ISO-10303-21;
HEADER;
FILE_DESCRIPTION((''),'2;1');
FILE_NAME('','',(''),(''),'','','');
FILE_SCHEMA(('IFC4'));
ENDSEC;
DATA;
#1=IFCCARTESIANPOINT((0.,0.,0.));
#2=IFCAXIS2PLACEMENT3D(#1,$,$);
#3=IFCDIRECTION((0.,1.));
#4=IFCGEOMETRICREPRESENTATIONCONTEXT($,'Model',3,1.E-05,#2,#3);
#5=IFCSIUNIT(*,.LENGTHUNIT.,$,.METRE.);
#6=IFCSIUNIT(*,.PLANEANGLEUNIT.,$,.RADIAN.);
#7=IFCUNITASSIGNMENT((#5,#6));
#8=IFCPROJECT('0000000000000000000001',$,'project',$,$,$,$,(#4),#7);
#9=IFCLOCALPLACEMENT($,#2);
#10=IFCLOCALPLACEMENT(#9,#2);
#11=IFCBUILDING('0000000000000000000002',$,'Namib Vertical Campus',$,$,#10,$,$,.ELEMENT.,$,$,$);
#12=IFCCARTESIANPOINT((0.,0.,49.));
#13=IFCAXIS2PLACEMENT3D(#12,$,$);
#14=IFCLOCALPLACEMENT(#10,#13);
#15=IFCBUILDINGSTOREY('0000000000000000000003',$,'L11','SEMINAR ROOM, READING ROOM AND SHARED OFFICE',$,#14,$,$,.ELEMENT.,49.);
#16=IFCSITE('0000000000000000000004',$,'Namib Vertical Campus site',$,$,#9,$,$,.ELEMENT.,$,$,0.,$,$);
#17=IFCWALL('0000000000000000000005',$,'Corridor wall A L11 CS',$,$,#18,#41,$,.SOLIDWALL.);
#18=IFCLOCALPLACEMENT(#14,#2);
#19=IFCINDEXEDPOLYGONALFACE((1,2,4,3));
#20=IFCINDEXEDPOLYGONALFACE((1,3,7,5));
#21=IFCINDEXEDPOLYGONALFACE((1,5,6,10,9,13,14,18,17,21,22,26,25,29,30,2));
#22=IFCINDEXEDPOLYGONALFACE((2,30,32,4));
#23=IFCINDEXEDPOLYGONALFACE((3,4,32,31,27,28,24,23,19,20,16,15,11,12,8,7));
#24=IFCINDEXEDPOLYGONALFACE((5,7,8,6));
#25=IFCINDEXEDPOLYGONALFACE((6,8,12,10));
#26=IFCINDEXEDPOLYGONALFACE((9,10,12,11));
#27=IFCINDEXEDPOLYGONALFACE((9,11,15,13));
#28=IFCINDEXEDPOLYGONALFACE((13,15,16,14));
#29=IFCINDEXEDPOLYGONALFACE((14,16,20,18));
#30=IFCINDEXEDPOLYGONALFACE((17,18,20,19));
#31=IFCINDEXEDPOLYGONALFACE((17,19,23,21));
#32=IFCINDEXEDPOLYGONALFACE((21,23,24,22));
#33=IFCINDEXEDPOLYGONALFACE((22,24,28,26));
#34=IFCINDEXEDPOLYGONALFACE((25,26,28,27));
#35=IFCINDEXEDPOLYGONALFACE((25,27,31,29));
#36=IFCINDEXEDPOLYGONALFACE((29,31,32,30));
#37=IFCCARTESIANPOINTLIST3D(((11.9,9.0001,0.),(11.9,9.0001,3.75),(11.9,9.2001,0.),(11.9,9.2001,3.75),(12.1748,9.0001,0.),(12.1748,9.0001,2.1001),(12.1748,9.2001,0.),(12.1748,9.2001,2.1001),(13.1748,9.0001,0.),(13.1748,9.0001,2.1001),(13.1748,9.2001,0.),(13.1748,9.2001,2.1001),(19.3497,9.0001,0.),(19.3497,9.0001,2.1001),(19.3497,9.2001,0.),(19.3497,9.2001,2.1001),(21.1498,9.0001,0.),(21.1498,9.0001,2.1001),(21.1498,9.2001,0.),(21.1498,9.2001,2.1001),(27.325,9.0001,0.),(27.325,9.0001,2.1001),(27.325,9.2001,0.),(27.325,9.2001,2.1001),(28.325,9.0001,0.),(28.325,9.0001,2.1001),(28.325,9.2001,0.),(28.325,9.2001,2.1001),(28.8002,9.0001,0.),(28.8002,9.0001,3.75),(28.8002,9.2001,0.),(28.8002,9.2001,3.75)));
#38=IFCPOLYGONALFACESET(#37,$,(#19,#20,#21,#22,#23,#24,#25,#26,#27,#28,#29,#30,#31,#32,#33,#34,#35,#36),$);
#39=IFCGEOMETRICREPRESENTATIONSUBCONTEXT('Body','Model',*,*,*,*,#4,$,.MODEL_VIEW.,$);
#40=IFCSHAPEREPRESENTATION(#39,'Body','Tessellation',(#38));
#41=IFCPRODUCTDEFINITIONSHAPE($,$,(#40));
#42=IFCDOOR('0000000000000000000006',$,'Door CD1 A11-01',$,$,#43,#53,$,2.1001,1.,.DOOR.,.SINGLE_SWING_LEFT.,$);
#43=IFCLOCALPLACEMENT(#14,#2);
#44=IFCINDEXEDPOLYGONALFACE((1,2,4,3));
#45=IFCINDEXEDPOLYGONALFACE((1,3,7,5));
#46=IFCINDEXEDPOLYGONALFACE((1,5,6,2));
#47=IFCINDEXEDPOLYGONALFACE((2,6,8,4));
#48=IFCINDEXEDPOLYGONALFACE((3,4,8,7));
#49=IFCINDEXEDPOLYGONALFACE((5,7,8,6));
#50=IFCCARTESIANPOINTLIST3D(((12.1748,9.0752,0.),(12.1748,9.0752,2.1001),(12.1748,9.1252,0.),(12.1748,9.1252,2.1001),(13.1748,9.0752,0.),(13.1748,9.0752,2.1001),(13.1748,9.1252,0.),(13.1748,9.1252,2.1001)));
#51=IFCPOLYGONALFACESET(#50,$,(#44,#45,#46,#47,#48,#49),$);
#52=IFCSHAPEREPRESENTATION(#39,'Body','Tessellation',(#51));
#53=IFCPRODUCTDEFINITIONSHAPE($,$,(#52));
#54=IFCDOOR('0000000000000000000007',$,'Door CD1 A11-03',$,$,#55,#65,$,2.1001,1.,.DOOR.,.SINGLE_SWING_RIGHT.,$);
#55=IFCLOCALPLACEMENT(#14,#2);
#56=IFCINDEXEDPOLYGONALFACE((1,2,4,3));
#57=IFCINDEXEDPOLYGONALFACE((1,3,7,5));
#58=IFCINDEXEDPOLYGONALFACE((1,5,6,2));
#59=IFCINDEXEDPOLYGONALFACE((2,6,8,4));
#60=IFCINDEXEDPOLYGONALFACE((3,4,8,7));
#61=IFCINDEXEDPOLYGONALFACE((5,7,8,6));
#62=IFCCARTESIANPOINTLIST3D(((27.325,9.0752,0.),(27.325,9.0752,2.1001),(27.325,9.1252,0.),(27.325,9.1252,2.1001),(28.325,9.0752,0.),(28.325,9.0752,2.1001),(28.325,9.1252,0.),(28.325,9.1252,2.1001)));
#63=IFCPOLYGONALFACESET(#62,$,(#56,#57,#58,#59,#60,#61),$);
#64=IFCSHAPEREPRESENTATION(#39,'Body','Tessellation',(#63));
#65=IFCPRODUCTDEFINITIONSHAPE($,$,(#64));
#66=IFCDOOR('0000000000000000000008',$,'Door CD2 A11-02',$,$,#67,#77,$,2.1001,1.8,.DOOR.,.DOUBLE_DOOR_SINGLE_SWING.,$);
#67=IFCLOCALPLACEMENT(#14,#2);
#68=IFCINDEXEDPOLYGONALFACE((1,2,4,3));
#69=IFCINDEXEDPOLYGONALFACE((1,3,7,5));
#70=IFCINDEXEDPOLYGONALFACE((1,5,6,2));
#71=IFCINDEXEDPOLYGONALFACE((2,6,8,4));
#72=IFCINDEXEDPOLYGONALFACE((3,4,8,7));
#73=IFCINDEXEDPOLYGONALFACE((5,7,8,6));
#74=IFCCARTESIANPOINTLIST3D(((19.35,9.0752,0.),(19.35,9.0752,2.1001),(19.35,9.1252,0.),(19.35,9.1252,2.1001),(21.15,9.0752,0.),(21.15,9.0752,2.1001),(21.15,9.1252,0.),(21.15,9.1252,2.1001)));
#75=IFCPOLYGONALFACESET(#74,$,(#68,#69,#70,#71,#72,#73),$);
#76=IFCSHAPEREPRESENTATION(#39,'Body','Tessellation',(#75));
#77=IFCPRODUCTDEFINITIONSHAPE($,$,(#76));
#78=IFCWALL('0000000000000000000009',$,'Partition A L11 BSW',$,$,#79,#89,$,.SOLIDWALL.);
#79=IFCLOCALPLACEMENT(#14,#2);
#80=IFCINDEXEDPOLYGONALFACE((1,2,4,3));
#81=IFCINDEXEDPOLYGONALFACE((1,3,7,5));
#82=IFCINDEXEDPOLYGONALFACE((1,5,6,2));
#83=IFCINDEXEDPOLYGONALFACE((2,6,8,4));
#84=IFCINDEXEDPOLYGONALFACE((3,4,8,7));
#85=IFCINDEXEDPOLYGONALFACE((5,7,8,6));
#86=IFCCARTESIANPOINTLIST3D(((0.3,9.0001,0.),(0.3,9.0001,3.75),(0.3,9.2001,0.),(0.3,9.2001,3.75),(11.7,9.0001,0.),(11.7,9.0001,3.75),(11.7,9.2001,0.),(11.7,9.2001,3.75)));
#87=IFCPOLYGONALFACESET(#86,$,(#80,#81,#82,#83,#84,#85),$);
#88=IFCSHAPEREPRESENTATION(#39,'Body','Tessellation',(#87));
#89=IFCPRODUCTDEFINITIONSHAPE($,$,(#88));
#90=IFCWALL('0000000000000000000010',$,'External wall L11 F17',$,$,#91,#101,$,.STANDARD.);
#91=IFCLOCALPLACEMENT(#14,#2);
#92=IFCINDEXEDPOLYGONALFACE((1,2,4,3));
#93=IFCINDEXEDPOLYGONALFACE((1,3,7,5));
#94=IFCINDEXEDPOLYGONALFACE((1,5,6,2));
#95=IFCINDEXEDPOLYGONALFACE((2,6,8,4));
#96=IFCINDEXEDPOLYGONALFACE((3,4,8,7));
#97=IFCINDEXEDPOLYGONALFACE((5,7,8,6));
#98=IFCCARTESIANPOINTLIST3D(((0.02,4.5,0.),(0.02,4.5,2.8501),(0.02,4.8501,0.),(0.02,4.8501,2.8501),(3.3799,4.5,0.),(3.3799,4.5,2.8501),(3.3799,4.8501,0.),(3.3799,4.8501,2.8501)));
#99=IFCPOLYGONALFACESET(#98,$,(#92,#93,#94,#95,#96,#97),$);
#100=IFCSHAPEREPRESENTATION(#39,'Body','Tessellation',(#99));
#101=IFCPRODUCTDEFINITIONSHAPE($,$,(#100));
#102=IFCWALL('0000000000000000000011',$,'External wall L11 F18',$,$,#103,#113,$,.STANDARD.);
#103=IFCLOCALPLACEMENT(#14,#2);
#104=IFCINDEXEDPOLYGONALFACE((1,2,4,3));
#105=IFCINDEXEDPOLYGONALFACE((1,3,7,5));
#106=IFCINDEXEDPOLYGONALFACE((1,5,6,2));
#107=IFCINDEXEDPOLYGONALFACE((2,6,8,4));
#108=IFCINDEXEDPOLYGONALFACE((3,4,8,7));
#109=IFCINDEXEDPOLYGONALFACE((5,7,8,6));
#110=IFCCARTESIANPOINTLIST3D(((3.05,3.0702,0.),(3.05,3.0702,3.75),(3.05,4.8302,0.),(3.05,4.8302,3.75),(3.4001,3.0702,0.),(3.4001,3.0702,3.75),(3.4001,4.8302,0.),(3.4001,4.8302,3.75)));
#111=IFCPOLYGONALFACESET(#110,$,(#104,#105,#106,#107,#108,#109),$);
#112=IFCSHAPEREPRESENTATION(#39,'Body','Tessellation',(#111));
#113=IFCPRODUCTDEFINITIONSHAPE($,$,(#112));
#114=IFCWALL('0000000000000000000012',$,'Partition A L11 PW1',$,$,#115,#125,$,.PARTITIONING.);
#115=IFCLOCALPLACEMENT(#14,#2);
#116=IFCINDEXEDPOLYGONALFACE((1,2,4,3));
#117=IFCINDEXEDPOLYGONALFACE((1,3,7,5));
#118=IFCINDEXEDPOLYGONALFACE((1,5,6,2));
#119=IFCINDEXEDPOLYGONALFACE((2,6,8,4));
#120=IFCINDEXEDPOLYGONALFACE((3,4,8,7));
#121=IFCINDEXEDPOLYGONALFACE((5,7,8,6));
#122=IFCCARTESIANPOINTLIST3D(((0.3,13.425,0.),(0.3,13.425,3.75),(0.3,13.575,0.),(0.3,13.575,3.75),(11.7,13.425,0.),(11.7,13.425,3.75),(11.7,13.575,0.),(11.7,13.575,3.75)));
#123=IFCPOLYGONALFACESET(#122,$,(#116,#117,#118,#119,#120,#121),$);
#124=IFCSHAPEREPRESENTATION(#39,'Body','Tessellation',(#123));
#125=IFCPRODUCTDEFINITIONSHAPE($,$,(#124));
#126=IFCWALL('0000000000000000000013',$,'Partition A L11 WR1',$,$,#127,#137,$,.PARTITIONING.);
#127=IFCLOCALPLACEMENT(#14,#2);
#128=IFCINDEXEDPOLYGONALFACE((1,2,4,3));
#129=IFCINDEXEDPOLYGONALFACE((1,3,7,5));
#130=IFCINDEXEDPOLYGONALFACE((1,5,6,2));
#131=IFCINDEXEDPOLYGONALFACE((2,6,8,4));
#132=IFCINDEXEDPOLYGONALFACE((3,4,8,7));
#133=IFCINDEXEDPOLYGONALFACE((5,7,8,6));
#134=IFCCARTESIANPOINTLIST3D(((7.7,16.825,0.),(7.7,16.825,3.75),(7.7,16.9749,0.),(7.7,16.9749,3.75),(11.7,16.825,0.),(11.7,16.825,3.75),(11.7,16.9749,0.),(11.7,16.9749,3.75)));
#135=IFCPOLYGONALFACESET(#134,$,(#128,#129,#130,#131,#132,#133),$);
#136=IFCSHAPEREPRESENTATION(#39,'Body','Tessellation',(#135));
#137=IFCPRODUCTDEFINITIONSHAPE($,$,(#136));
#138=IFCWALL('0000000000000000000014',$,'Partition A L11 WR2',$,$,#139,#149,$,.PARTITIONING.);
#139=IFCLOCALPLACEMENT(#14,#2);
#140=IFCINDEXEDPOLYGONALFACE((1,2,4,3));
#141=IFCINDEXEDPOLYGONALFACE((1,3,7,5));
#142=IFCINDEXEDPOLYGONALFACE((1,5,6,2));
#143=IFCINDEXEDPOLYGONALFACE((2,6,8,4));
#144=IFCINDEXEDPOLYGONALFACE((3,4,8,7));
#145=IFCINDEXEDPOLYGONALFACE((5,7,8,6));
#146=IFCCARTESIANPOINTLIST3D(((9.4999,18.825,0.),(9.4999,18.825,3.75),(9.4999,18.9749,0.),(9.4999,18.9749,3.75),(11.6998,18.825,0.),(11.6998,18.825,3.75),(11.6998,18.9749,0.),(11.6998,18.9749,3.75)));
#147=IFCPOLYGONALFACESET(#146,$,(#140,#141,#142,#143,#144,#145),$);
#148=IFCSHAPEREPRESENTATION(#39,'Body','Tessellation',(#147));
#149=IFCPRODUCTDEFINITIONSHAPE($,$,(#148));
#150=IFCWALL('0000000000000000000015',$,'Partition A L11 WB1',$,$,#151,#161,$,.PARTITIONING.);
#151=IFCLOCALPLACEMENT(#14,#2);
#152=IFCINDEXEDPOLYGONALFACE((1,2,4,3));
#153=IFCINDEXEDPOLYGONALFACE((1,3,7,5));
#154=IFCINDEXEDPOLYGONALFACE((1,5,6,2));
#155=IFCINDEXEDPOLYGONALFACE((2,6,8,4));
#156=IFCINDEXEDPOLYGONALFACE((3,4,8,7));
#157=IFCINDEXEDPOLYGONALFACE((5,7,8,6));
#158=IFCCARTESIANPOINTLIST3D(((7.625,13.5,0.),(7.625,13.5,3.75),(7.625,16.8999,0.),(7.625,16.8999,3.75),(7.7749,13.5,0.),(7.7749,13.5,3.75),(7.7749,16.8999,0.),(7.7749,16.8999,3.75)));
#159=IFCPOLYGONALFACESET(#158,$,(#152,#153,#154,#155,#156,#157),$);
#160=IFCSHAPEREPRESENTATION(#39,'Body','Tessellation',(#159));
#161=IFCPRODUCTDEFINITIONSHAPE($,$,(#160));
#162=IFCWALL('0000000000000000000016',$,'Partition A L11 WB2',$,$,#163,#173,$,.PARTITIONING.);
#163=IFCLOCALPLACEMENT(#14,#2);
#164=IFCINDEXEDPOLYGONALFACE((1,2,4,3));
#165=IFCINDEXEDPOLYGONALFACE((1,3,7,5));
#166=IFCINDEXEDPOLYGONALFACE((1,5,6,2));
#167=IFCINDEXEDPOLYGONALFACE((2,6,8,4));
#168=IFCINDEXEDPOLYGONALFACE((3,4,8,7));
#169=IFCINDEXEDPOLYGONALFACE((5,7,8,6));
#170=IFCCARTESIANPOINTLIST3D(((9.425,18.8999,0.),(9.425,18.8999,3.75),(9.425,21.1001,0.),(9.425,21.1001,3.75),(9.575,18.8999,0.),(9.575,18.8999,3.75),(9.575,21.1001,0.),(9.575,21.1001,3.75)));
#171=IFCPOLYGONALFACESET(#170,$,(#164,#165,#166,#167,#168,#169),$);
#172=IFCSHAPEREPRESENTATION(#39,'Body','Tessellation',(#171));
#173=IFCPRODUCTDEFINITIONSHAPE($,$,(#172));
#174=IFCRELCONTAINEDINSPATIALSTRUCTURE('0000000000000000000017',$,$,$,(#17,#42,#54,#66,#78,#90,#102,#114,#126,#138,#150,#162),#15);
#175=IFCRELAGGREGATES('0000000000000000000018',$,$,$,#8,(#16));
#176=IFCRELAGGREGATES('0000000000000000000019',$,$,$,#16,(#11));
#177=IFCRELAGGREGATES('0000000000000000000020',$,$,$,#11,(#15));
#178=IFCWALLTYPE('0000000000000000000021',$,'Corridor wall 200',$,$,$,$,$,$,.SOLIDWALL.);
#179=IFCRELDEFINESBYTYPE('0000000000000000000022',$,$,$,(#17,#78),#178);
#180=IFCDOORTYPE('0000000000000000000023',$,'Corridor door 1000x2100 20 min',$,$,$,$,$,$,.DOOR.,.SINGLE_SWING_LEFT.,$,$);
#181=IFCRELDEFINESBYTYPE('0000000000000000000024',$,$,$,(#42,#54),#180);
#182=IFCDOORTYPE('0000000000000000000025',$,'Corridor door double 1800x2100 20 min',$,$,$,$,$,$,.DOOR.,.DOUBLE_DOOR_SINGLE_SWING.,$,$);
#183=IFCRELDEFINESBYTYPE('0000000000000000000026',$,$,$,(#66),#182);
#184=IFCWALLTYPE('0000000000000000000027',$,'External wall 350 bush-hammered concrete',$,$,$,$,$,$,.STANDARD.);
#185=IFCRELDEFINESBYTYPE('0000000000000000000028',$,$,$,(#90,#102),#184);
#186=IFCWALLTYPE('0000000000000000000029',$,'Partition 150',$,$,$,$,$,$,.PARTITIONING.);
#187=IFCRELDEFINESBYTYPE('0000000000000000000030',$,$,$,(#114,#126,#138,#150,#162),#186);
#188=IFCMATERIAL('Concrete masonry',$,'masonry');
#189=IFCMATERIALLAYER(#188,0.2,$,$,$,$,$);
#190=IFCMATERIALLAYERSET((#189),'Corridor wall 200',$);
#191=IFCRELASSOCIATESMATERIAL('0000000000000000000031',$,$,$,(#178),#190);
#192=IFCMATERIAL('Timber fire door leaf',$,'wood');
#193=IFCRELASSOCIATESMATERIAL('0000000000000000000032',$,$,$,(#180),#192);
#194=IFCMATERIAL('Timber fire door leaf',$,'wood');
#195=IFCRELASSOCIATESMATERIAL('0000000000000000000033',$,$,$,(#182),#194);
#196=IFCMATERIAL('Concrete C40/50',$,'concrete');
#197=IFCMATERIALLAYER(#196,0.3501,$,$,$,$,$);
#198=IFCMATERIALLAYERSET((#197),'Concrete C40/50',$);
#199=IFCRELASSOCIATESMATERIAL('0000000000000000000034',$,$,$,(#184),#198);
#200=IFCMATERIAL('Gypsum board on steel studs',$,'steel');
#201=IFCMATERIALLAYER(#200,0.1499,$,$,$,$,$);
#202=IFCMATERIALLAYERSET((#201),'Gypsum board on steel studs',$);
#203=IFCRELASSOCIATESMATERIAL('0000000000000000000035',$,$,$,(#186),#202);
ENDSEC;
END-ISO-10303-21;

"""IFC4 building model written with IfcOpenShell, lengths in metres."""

from ifc_helpers import new_model, si_unit, direction, frame, frame_2d, origin, place, context, subcontext, project, spatial, rectangle, extrude, material, layer, layer_set, type_object, element, fill, save


model = new_model("IFC4")

# Units and contexts
model_context = context("Model", 3, precision=1e-05, world=origin(), true_north=direction((0.0, 1.0)))
body_context = subcontext(model_context, "Body", "Model", "MODEL_VIEW")
ifc_project = project(units=[si_unit("LENGTHUNIT", "METRE"), si_unit("PLANEANGLEUNIT", "RADIAN")], contexts=[model_context])

# Site, building, storey
site_placement = place(None, origin())
site = spatial("IfcSite", under=ifc_project, at=site_placement, Name="Namib Vertical Campus site", CompositionType="ELEMENT", RefElevation=0.0)
building_placement = place(site_placement, origin())
building = spatial("IfcBuilding", under=site, at=building_placement, Name="Namib Vertical Campus", CompositionType="ELEMENT")
storey_placement = place(building_placement, frame((0.0, 0.0, 49.0)))
storey = spatial("IfcBuildingStorey", under=building, at=storey_placement, Name="L11", Description="SEMINAR ROOM, READING ROOM AND SHARED OFFICE", CompositionType="ELEMENT", Elevation=49.0)

# Wall, openings, doors
ifc_material_1 = material(Name="Concrete masonry", Category="masonry")
ifc_layer_1 = layer(ifc_material_1, 0.2)
ifc_layer_set_1 = layer_set([ifc_layer_1], Name="Corridor wall 200")
wall_type_1 = type_object("IfcWallType", Name="Corridor wall 200", PredefinedType="SOLIDWALL", material=ifc_layer_set_1)
wall_1_placement = place(storey_placement, frame((11.8999, 9.1001, 0.0), z_axis=(0.0, 0.0, 1.0), x_axis=(1.0, 0.0, 0.0)))
wall_1 = element("IfcWall", 1, at=wall_1_placement, inside=storey, type_object=wall_type_1, Name="Corridor wall A L11 CS", PredefinedType="SOLIDWALL", context=body_context, shape_type="SweptSolid", body=[
    extrude(rectangle(XDim=16.9001, YDim=0.2, at=frame_2d((8.4502, 0.0))), origin(), (0.0, 0.0, 1.0), 3.75),
])
opening_1_placement = place(wall_1_placement, frame((0.2749, 0.0, 0.0)))
opening_1 = element("IfcOpeningElement", 2, at=opening_1_placement, cuts=wall_1, PredefinedType="OPENING", context=body_context, shape_type="SweptSolid", body=[
    extrude(rectangle(XDim=1.0, YDim=2.1001, at=frame_2d((0.5, 1.05))), frame((0.0, 0.1099, 0.0), z_axis=(0.0, -1.0, 0.0), x_axis=(1.0, 0.0, 0.0)), (0.0, 0.0, 1.0), 0.22),
])
opening_2_placement = place(wall_1_placement, frame((7.45, 0.0, 0.0)))
opening_2 = element("IfcOpeningElement", 3, at=opening_2_placement, cuts=wall_1, PredefinedType="OPENING", context=body_context, shape_type="SweptSolid", body=[
    extrude(rectangle(XDim=1.8, YDim=2.1001, at=frame_2d((0.8999, 1.05))), frame((0.0, 0.1099, 0.0), z_axis=(0.0, -1.0, 0.0), x_axis=(1.0, 0.0, 0.0)), (0.0, 0.0, 1.0), 0.22),
])
opening_3_placement = place(wall_1_placement, frame((15.425, 0.0, 0.0)))
opening_3 = element("IfcOpeningElement", 4, at=opening_3_placement, cuts=wall_1, PredefinedType="OPENING", context=body_context, shape_type="SweptSolid", body=[
    extrude(rectangle(XDim=1.0, YDim=2.1001, at=frame_2d((0.5, 1.05))), frame((0.0, 0.1099, 0.0), z_axis=(0.0, -1.0, 0.0), x_axis=(1.0, 0.0, 0.0)), (0.0, 0.0, 1.0), 0.22),
])
ifc_material_2 = material(Name="Timber fire door leaf", Category="wood")
door_type_1 = type_object("IfcDoorType", Name="Corridor door 1000x2100 20 min", OperationType="SINGLE_SWING_LEFT", PredefinedType="DOOR", material=ifc_material_2)
door_1_placement = place(opening_1_placement, frame((1.0, 0.0, 0.0), z_axis=(0.0, 0.0, 1.0), x_axis=(-1.0, 0.0, 0.0)))
door_1 = element("IfcDoor", 5, at=door_1_placement, inside=storey, type_object=door_type_1, Name="Door CD1 A11-01", OperationType="SINGLE_SWING_LEFT", OverallHeight=2.1001, OverallWidth=1.0, PredefinedType="DOOR", context=body_context, shape_type="SweptSolid", body=[
    extrude(rectangle(XDim=1.0, YDim=2.1001, at=frame_2d((0.5, 1.05))), frame((0.0, 0.0249, 0.0), z_axis=(0.0, -1.0, 0.0), x_axis=(1.0, 0.0, 0.0)), (0.0, 0.0, 1.0), 0.05),
])
fill(opening_1, door_1)
door_2_placement = place(opening_3_placement, frame((1.0, 0.0, 0.0), z_axis=(0.0, 0.0, 1.0), x_axis=(-1.0, 0.0, 0.0)))
door_2 = element("IfcDoor", 6, at=door_2_placement, inside=storey, type_object=door_type_1, Name="Door CD1 A11-03", OperationType="SINGLE_SWING_RIGHT", OverallHeight=2.1001, OverallWidth=1.0, PredefinedType="DOOR", context=body_context, shape_type="SweptSolid", body=[
    extrude(rectangle(XDim=1.0, YDim=2.1001, at=frame_2d((0.5, 1.05))), frame((0.0, 0.0249, 0.0), z_axis=(0.0, -1.0, 0.0), x_axis=(1.0, 0.0, 0.0)), (0.0, 0.0, 1.0), 0.05),
])
fill(opening_3, door_2)
ifc_material_3 = material(Name="Timber fire door leaf", Category="wood")
door_type_2 = type_object("IfcDoorType", Name="Corridor door double 1800x2100 20 min", OperationType="DOUBLE_DOOR_SINGLE_SWING", PredefinedType="DOOR", material=ifc_material_3)
door_3_placement = place(opening_2_placement, frame((1.8, 0.0, 0.0), z_axis=(0.0, 0.0, 1.0), x_axis=(-1.0, 0.0, 0.0)))
door_3 = element("IfcDoor", 7, at=door_3_placement, inside=storey, type_object=door_type_2, Name="Door CD2 A11-02", OperationType="DOUBLE_DOOR_SINGLE_SWING", OverallHeight=2.1001, OverallWidth=1.8, PredefinedType="DOOR", context=body_context, shape_type="SweptSolid", body=[
    extrude(rectangle(XDim=1.8, YDim=2.1001, at=frame_2d((0.8999, 1.05))), frame((0.0, 0.0249, 0.0), z_axis=(0.0, -1.0, 0.0), x_axis=(1.0, 0.0, 0.0)), (0.0, 0.0, 1.0), 0.05),
])
fill(opening_2, door_3)

# Walls
wall_2_placement = place(storey_placement, frame((0.3, 9.1001, 0.0), z_axis=(0.0, 0.0, 1.0), x_axis=(1.0, 0.0, 0.0)))
element("IfcWall", 8, at=wall_2_placement, inside=storey, type_object=wall_type_1, Name="Partition A L11 BSW", PredefinedType="SOLIDWALL", context=body_context, shape_type="SweptSolid", body=[
    extrude(rectangle(XDim=11.3999, YDim=0.2, at=frame_2d((5.7, 0.0))), origin(), (0.0, 0.0, 1.0), 3.75),
])
ifc_material_4 = material(Name="Concrete C40/50", Category="concrete")
ifc_layer_2 = layer(ifc_material_4, 0.3501)
ifc_layer_set_2 = layer_set([ifc_layer_2], Name="Concrete C40/50")
wall_type_2 = type_object("IfcWallType", Name="External wall 350 bush-hammered concrete", PredefinedType="STANDARD", material=ifc_layer_set_2)
wall_3_placement = place(storey_placement, frame((0.02, 4.675, 0.0), z_axis=(0.0, 0.0, 1.0), x_axis=(1.0, 0.0, 0.0)))
element("IfcWall", 9, at=wall_3_placement, inside=storey, type_object=wall_type_2, Name="External wall L11 F17", PredefinedType="STANDARD", context=body_context, shape_type="SweptSolid", body=[
    extrude(rectangle(XDim=3.3599, YDim=0.3501, at=frame_2d((1.6799, 0.0))), origin(), (0.0, 0.0, 1.0), 2.8501),
])
wall_4_placement = place(storey_placement, frame((3.2251, 4.8301, 0.0), z_axis=(0.0, 0.0, 1.0), x_axis=(0.0, -1.0, 0.0)))
element("IfcWall", 10, at=wall_4_placement, inside=storey, type_object=wall_type_2, Name="External wall L11 F18", PredefinedType="STANDARD", context=body_context, shape_type="SweptSolid", body=[
    extrude(rectangle(XDim=1.76, YDim=0.3501, at=frame_2d((0.8799, 0.0))), origin(), (0.0, 0.0, 1.0), 3.75),
])
ifc_material_5 = material(Name="Gypsum board on steel studs", Category="steel")
ifc_layer_3 = layer(ifc_material_5, 0.1499)
ifc_layer_set_3 = layer_set([ifc_layer_3], Name="Gypsum board on steel studs")
wall_type_3 = type_object("IfcWallType", Name="Partition 150", PredefinedType="PARTITIONING", material=ifc_layer_set_3)
wall_5_placement = place(storey_placement, frame((0.3, 13.5, 0.0), z_axis=(0.0, 0.0, 1.0), x_axis=(1.0, 0.0, 0.0)))
element("IfcWall", 11, at=wall_5_placement, inside=storey, type_object=wall_type_3, Name="Partition A L11 PW1", PredefinedType="PARTITIONING", context=body_context, shape_type="SweptSolid", body=[
    extrude(rectangle(XDim=11.3999, YDim=0.1499, at=frame_2d((5.7, 0.0))), origin(), (0.0, 0.0, 1.0), 3.75),
])
wall_6_placement = place(storey_placement, frame((11.7, 16.8999, 0.0), z_axis=(0.0, 0.0, 1.0), x_axis=(-1.0, 0.0, 0.0)))
element("IfcWall", 12, at=wall_6_placement, inside=storey, type_object=wall_type_3, Name="Partition A L11 WR1", PredefinedType="PARTITIONING", context=body_context, shape_type="SweptSolid", body=[
    extrude(rectangle(XDim=4.0, YDim=0.1499, at=frame_2d((2.0, 0.0))), origin(), (0.0, 0.0, 1.0), 3.75),
])
wall_7_placement = place(storey_placement, frame((11.7, 18.8999, 0.0), z_axis=(0.0, 0.0, 1.0), x_axis=(-1.0, 0.0, 0.0)))
element("IfcWall", 13, at=wall_7_placement, inside=storey, type_object=wall_type_3, Name="Partition A L11 WR2", PredefinedType="PARTITIONING", context=body_context, shape_type="SweptSolid", body=[
    extrude(rectangle(XDim=2.2, YDim=0.1499, at=frame_2d((1.1001, 0.0))), origin(), (0.0, 0.0, 1.0), 3.75),
])
wall_8_placement = place(storey_placement, frame((7.7, 13.5, 0.0), z_axis=(0.0, 0.0, 1.0), x_axis=(0.0, 1.0, 0.0)))
element("IfcWall", 14, at=wall_8_placement, inside=storey, type_object=wall_type_3, Name="Partition A L11 WB1", PredefinedType="PARTITIONING", context=body_context, shape_type="SweptSolid", body=[
    extrude(rectangle(XDim=3.3999, YDim=0.1499, at=frame_2d((1.7, 0.0))), origin(), (0.0, 0.0, 1.0), 3.75),
])
wall_9_placement = place(storey_placement, frame((9.5, 18.8999, 0.0), z_axis=(0.0, 0.0, 1.0), x_axis=(0.0, 1.0, 0.0)))
element("IfcWall", 15, at=wall_9_placement, inside=storey, type_object=wall_type_3, Name="Partition A L11 WB2", PredefinedType="PARTITIONING", context=body_context, shape_type="SweptSolid", body=[
    extrude(rectangle(XDim=2.2002, YDim=0.1499, at=frame_2d((1.1001, 0.0))), origin(), (0.0, 0.0, 1.0), 3.75),
])

save(model, "model.ifc")
